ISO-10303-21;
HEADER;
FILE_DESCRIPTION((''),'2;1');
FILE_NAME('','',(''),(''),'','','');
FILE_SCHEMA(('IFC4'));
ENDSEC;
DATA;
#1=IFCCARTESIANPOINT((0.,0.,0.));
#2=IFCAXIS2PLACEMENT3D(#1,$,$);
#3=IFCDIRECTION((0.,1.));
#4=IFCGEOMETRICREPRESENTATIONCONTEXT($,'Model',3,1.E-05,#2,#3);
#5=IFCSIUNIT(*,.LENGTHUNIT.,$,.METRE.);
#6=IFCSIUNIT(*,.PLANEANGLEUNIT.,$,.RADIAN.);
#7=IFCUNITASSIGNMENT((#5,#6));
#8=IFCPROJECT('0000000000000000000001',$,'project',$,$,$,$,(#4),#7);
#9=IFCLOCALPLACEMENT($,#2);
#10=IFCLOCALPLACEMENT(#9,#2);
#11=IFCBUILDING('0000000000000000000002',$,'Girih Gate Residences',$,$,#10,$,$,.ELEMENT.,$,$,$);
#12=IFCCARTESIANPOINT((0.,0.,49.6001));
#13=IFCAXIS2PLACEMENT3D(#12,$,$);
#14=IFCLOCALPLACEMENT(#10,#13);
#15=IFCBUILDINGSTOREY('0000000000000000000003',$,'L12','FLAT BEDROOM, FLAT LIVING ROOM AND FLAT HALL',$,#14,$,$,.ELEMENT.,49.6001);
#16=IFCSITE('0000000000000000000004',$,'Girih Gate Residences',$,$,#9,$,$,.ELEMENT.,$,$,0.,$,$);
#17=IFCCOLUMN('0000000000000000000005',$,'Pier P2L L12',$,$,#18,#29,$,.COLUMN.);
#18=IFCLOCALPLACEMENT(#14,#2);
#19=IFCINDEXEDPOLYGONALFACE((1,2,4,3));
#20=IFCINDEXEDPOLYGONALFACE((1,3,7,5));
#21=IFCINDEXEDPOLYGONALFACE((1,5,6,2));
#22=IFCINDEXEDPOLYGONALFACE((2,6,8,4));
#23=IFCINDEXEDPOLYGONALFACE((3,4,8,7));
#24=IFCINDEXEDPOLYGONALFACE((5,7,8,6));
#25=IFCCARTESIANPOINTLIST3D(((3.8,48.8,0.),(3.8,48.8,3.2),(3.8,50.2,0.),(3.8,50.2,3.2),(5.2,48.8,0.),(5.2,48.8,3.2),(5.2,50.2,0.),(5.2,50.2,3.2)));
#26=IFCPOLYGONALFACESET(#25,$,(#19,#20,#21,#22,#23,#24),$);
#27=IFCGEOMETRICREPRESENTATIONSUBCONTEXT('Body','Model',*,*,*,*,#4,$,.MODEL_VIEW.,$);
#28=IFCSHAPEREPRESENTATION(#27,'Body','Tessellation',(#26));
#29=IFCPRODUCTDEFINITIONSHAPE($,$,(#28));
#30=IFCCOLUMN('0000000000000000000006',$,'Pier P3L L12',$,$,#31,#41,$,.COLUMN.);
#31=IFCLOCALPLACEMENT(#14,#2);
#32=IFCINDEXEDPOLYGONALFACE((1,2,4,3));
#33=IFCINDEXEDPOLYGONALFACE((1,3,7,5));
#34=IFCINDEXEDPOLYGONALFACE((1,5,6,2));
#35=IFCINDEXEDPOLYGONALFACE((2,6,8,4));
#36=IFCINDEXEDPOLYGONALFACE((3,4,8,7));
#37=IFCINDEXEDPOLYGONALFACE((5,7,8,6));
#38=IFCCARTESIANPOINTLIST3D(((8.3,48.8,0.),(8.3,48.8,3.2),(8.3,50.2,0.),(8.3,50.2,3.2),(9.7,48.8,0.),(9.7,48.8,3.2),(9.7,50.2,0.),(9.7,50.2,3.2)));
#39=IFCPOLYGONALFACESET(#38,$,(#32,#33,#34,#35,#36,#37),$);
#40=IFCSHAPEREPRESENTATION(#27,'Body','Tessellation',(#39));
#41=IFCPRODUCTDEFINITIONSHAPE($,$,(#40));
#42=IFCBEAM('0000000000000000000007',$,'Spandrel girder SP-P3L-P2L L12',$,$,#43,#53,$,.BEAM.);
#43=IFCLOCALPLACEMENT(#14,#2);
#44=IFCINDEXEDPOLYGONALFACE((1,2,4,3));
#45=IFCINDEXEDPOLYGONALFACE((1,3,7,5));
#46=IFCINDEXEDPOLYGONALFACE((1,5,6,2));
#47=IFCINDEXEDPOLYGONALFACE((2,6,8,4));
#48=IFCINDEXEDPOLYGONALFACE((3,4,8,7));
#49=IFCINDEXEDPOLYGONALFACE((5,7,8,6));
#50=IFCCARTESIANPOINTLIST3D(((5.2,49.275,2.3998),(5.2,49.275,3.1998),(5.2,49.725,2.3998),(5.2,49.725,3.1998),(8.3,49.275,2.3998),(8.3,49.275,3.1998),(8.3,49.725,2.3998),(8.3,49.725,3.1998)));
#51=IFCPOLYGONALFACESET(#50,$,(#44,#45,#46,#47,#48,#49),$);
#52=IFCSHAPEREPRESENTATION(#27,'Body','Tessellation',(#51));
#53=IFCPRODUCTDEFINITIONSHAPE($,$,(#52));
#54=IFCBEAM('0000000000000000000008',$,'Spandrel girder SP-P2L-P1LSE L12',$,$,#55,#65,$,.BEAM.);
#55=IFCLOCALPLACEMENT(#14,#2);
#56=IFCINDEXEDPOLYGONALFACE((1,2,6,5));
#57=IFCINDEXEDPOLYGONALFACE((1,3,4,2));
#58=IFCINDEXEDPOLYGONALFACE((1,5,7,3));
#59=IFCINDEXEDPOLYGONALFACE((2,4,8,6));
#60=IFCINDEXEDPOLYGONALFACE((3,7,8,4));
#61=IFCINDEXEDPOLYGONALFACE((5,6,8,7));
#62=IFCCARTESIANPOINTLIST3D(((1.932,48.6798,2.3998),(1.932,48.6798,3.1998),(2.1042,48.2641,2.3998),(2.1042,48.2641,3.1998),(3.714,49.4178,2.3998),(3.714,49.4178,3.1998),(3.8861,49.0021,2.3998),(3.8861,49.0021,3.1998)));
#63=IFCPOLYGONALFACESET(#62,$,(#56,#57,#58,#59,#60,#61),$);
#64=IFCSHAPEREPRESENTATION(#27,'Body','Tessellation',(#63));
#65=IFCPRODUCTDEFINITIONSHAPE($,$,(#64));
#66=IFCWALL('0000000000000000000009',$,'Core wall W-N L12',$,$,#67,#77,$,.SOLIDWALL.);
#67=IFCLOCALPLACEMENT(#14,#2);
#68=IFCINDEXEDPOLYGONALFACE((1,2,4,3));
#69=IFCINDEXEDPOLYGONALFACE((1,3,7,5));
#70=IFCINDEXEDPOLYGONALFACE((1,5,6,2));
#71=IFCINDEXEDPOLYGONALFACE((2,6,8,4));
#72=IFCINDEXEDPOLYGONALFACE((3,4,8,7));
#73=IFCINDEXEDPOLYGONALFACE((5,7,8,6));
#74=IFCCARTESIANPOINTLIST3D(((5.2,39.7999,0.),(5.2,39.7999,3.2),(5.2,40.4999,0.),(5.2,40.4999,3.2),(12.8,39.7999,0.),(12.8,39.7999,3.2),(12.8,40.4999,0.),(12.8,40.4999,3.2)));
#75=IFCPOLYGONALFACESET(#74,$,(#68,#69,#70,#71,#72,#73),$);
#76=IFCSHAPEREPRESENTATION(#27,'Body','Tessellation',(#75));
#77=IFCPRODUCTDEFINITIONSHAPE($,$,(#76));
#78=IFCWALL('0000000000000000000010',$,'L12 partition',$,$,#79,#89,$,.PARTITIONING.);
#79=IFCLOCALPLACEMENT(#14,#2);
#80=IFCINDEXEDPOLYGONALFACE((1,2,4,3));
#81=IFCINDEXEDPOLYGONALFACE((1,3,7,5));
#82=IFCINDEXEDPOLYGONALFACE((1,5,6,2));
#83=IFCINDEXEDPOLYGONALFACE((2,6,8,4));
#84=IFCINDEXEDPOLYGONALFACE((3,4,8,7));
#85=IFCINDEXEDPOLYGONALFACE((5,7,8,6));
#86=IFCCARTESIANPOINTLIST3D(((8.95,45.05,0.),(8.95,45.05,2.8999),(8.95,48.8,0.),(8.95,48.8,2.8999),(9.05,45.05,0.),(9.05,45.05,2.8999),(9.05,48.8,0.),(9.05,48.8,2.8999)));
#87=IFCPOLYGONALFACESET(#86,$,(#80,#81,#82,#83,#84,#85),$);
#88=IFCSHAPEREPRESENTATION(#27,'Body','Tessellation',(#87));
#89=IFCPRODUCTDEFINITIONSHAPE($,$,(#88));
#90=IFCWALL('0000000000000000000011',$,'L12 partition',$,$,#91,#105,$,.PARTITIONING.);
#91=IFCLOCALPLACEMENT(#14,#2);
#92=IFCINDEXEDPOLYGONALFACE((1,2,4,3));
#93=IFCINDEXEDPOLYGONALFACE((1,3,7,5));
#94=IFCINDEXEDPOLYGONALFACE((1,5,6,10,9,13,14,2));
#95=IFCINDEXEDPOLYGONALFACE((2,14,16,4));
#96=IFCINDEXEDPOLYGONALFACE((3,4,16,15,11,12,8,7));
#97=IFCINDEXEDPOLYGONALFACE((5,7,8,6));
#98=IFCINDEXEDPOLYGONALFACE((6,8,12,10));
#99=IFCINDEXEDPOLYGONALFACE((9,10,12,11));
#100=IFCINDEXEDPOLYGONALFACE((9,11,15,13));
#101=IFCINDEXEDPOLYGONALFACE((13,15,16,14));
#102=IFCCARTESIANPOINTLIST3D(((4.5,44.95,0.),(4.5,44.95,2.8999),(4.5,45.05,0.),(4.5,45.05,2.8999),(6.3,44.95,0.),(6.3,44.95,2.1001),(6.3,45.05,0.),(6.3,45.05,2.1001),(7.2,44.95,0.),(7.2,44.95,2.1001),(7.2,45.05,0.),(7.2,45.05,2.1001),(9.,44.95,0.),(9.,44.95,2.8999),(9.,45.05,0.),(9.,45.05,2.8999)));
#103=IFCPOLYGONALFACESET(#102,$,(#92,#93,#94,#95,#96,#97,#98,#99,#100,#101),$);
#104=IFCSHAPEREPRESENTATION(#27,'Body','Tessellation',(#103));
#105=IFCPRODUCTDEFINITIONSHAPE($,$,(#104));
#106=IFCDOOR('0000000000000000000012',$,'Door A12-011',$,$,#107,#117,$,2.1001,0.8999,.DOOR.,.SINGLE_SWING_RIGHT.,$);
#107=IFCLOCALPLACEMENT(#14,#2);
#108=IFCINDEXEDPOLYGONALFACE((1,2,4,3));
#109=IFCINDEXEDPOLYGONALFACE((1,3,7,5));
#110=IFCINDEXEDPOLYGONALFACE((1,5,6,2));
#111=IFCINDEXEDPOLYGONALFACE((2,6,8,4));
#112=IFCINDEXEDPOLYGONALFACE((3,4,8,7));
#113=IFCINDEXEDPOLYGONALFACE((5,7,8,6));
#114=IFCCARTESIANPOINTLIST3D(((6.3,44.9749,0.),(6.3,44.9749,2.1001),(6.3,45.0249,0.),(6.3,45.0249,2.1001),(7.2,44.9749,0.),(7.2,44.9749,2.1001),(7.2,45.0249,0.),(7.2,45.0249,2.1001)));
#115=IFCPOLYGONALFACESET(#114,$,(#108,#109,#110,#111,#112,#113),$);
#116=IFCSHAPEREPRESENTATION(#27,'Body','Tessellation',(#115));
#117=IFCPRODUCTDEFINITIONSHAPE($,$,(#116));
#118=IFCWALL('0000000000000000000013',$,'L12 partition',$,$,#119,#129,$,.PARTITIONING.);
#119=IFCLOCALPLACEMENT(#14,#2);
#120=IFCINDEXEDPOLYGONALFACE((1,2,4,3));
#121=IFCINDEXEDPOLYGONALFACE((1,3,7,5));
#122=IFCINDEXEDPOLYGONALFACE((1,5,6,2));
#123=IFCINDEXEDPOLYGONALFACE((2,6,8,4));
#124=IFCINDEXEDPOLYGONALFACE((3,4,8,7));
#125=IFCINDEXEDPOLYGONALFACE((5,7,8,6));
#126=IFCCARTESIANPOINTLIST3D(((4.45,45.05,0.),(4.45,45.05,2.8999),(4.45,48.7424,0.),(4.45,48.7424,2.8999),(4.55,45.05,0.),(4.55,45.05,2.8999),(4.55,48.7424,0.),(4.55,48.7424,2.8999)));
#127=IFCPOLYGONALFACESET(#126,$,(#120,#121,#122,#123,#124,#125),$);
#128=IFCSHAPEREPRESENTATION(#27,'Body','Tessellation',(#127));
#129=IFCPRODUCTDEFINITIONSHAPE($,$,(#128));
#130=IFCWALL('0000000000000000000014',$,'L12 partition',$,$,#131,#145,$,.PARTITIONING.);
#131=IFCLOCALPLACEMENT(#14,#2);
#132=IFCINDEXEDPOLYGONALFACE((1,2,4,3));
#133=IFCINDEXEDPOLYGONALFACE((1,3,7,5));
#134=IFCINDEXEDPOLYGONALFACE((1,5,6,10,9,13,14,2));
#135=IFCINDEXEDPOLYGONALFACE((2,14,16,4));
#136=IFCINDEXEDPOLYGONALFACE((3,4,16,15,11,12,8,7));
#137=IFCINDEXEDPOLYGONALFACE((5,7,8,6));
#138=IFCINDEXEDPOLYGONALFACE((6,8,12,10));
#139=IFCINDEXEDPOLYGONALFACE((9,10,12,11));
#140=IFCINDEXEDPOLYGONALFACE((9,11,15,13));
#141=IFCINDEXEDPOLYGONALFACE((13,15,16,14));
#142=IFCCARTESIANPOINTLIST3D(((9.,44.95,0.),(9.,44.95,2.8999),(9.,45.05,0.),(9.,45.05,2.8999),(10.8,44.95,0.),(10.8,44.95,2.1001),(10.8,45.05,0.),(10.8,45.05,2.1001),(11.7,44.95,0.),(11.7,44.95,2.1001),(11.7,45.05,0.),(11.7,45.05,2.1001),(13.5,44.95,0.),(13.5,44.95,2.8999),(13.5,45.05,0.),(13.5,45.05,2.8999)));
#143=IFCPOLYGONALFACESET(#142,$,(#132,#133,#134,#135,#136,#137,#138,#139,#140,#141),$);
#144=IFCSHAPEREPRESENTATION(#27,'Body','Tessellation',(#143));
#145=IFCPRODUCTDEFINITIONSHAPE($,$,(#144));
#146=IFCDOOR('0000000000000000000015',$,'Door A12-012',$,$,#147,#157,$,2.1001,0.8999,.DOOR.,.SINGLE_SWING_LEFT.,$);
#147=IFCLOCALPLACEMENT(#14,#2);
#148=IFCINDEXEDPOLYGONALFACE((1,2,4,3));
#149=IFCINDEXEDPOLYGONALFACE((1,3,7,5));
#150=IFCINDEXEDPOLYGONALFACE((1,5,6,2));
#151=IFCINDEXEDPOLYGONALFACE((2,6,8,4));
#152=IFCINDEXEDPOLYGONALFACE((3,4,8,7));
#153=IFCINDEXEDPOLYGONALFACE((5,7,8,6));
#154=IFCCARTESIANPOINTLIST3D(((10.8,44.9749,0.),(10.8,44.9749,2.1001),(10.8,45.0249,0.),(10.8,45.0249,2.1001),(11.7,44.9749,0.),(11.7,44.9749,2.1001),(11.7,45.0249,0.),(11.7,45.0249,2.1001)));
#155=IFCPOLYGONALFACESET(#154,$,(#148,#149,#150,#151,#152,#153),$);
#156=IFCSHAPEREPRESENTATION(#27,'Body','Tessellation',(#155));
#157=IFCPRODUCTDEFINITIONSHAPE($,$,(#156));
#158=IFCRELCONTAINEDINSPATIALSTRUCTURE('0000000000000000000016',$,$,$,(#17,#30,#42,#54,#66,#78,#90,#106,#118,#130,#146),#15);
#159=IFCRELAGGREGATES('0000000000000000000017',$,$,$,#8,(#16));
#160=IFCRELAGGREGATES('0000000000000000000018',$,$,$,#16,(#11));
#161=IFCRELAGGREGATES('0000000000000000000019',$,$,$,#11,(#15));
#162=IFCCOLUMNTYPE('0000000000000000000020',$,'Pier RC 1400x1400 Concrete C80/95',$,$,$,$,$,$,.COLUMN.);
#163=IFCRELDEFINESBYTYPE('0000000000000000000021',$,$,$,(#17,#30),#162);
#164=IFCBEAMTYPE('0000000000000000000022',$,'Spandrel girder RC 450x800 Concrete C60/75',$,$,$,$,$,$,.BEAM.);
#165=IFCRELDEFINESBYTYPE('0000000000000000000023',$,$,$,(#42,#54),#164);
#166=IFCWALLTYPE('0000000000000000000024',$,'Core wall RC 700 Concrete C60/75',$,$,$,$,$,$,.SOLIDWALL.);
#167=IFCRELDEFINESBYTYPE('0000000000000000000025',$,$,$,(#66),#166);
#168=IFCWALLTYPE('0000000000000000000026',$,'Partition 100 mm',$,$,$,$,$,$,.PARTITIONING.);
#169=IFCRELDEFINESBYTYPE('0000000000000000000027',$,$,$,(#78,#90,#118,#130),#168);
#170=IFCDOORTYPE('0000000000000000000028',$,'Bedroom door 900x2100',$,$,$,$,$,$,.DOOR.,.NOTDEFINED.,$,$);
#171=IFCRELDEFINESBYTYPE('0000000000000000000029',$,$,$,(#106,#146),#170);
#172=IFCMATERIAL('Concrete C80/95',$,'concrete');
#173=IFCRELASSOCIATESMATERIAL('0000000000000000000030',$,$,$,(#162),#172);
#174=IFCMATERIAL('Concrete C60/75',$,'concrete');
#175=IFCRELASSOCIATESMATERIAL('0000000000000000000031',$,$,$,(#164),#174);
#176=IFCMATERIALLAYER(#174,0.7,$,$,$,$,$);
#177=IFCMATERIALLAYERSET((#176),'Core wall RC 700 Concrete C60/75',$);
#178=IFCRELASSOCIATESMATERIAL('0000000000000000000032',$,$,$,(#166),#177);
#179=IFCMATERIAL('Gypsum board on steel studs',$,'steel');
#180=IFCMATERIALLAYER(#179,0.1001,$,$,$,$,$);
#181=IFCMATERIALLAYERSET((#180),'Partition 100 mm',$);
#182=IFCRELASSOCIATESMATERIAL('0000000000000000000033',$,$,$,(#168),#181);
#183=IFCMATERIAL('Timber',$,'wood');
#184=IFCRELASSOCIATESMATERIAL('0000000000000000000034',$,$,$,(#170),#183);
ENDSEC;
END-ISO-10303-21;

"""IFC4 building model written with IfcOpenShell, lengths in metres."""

from ifc_helpers import new_model, si_unit, direction, frame, frame_2d, origin, origin_2d, place, context, subcontext, project, spatial, rectangle, extrude, material, layer, layer_set, material_profile, profile_set, type_object, element, fill, save


model = new_model("IFC4")

# Units and contexts
model_context = context("Model", 3, precision=1e-05, world=origin(), true_north=direction((0.0, 1.0)))
body_context = subcontext(model_context, "Body", "Model", "MODEL_VIEW")
ifc_project = project(units=[si_unit("LENGTHUNIT", "METRE"), si_unit("PLANEANGLEUNIT", "RADIAN")], contexts=[model_context])

# Site, building, storey
site_placement = place(None, origin())
site = spatial("IfcSite", under=ifc_project, at=site_placement, Name="Girih Gate Residences", CompositionType="ELEMENT", RefElevation=0.0)
building_placement = place(site_placement, origin())
building = spatial("IfcBuilding", under=site, at=building_placement, Name="Girih Gate Residences", CompositionType="ELEMENT")
storey_placement = place(building_placement, frame((0.0, 0.0, 49.6001)))
storey = spatial("IfcBuildingStorey", under=building, at=storey_placement, Name="L12", Description="FLAT BEDROOM, FLAT LIVING ROOM AND FLAT HALL", CompositionType="ELEMENT", Elevation=49.6001)

# Columns
ifc_material_1 = material(Name="Concrete C80/95", Category="concrete")
ifc_material_profile_1 = material_profile(ifc_material_1, rectangle(XDim=1.3999, YDim=1.3999, at=origin_2d()))
ifc_profile_set_1 = profile_set([ifc_material_profile_1], Name="Concrete C80/95")
column_type = type_object("IfcColumnType", Name="Pier RC 1400x1400 Concrete C80/95", PredefinedType="COLUMN", material=ifc_profile_set_1)
for number, where, z_axis, x_axis, name in (
    (1, (4.5, 49.5, 0.0), (0.0, 0.0, 1.0), (1.0, 0.0, 0.0), "Pier P2L L12"),
    (2, (9.0, 49.5, 0.0), (0.0, 0.0, 1.0), (1.0, 0.0, 0.0), "Pier P3L L12"),
):
    element("IfcColumn", number, at=place(storey_placement, frame(where, z_axis=z_axis, x_axis=x_axis)), inside=storey, type_object=column_type, Name=name, PredefinedType="COLUMN", context=body_context, shape_type="SweptSolid", body=[
        extrude(rectangle(XDim=1.3999, YDim=1.3999, at=origin_2d()), origin(), (0.0, 0.0, 1.0), 3.2),
    ])

# Beams
ifc_material_2 = material(Name="Concrete C60/75", Category="concrete")
ifc_material_profile_2 = material_profile(ifc_material_2, rectangle(XDim=0.45, YDim=0.8, at=origin_2d()))
ifc_profile_set_2 = profile_set([ifc_material_profile_2], Name="Concrete C60/75")
beam_type = type_object("IfcBeamType", Name="Spandrel girder RC 450x800 Concrete C60/75", PredefinedType="BEAM", material=ifc_profile_set_2)
beam_1_placement = place(storey_placement, frame((8.3, 49.5, 2.7998), z_axis=(-1.0, 0.0, 0.0), x_axis=(0.0, -1.0, 0.0)))
element("IfcBeam", 3, at=beam_1_placement, inside=storey, type_object=beam_type, Name="Spandrel girder SP-P3L-P2L L12", PredefinedType="BEAM", context=body_context, shape_type="SweptSolid", body=[
    extrude(rectangle(XDim=0.45, YDim=0.8, at=origin_2d()), origin(), (0.0, 0.0, 1.0), 3.1001),
])
beam_2_placement = place(storey_placement, frame((3.8, 49.21, 2.7998), z_axis=(-0.923895, -0.382646, 0.0), x_axis=(0.382646, -0.923895, 0.0)))
element("IfcBeam", 4, at=beam_2_placement, inside=storey, type_object=beam_type, Name="Spandrel girder SP-P2L-P1LSE L12", PredefinedType="BEAM", context=body_context, shape_type="SweptSolid", body=[
    extrude(rectangle(XDim=0.45, YDim=0.8, at=origin_2d()), origin(), (0.0, 0.0, 1.0), 1.9287),
])

# Walls
ifc_layer_1 = layer(ifc_material_2, 0.7)
ifc_layer_set_1 = layer_set([ifc_layer_1], Name="Core wall RC 700 Concrete C60/75")
wall_type_1 = type_object("IfcWallType", Name="Core wall RC 700 Concrete C60/75", PredefinedType="SOLIDWALL", material=ifc_layer_set_1)
wall_1_placement = place(storey_placement, frame((5.2, 40.1499, 0.0), z_axis=(0.0, 0.0, 1.0), x_axis=(1.0, 0.0, 0.0)))
element("IfcWall", 5, at=wall_1_placement, inside=storey, type_object=wall_type_1, Name="Core wall W-N L12", PredefinedType="SOLIDWALL", context=body_context, shape_type="SweptSolid", body=[
    extrude(rectangle(XDim=7.6001, YDim=0.7, at=frame_2d((3.8, 0.0))), origin(), (0.0, 0.0, 1.0), 3.2),
])
ifc_material_3 = material(Name="Gypsum board on steel studs", Category="steel")
ifc_layer_2 = layer(ifc_material_3, 0.1001)
ifc_layer_set_2 = layer_set([ifc_layer_2], Name="Partition 100 mm")
wall_type_2 = type_object("IfcWallType", Name="Partition 100 mm", PredefinedType="PARTITIONING", material=ifc_layer_set_2)
wall_2_placement = place(storey_placement, frame((9.0, 45.05, 0.0), z_axis=(0.0, 0.0, 1.0), x_axis=(0.0, 1.0, 0.0)))
element("IfcWall", 6, at=wall_2_placement, inside=storey, type_object=wall_type_2, Name="L12 partition", PredefinedType="PARTITIONING", context=body_context, shape_type="SweptSolid", body=[
    extrude(rectangle(XDim=3.75, YDim=0.1001, at=frame_2d((1.875, 0.0))), origin(), (0.0, 0.0, 1.0), 2.8999),
])

# Wall, opening, door
wall_3_placement = place(storey_placement, frame((4.5, 45.0, 0.0), z_axis=(0.0, 0.0, 1.0), x_axis=(1.0, 0.0, 0.0)))
wall_3 = element("IfcWall", 7, at=wall_3_placement, inside=storey, type_object=wall_type_2, Name="L12 partition", PredefinedType="PARTITIONING", context=body_context, shape_type="SweptSolid", body=[
    extrude(rectangle(XDim=4.5, YDim=0.1001, at=frame_2d((2.25, 0.0))), origin(), (0.0, 0.0, 1.0), 2.8999),
])
opening_1_placement = place(wall_3_placement, frame((1.8, 0.0, 0.0)))
opening_1 = element("IfcOpeningElement", 8, at=opening_1_placement, cuts=wall_3, PredefinedType="OPENING", context=body_context, shape_type="SweptSolid", body=[
    extrude(rectangle(XDim=0.8999, YDim=2.1001, at=frame_2d((0.45, 1.05))), frame((0.0, 0.0601, 0.0), z_axis=(0.0, -1.0, 0.0), x_axis=(1.0, 0.0, 0.0)), (0.0, 0.0, 1.0), 0.1201),
])
ifc_material_4 = material(Name="Timber", Category="wood")
door_type = type_object("IfcDoorType", Name="Bedroom door 900x2100", OperationType="NOTDEFINED", PredefinedType="DOOR", material=ifc_material_4)
door_1_placement = place(opening_1_placement, origin())
door_1 = element("IfcDoor", 9, at=door_1_placement, inside=storey, type_object=door_type, Name="Door A12-011", OperationType="SINGLE_SWING_RIGHT", OverallHeight=2.1001, OverallWidth=0.8999, PredefinedType="DOOR", context=body_context, shape_type="SweptSolid", body=[
    extrude(rectangle(XDim=0.8999, YDim=2.1001, at=frame_2d((0.45, 1.05))), frame((0.0, 0.0249, 0.0), z_axis=(0.0, -1.0, 0.0), x_axis=(1.0, 0.0, 0.0)), (0.0, 0.0, 1.0), 0.05),
])
fill(opening_1, door_1)

# Wall
wall_4_placement = place(storey_placement, frame((4.5, 45.05, 0.0), z_axis=(0.0, 0.0, 1.0), x_axis=(0.0, 1.0, 0.0)))
element("IfcWall", 10, at=wall_4_placement, inside=storey, type_object=wall_type_2, Name="L12 partition", PredefinedType="PARTITIONING", context=body_context, shape_type="SweptSolid", body=[
    extrude(rectangle(XDim=3.6924, YDim=0.1001, at=frame_2d((1.8462, 0.0))), origin(), (0.0, 0.0, 1.0), 2.8999),
])

# Wall, opening, door
wall_5_placement = place(storey_placement, frame((9.0, 45.0, 0.0), z_axis=(0.0, 0.0, 1.0), x_axis=(1.0, 0.0, 0.0)))
wall_5 = element("IfcWall", 11, at=wall_5_placement, inside=storey, type_object=wall_type_2, Name="L12 partition", PredefinedType="PARTITIONING", context=body_context, shape_type="SweptSolid", body=[
    extrude(rectangle(XDim=4.5, YDim=0.1001, at=frame_2d((2.25, 0.0))), origin(), (0.0, 0.0, 1.0), 2.8999),
])
opening_2_placement = place(wall_5_placement, frame((1.8, 0.0, 0.0)))
opening_2 = element("IfcOpeningElement", 12, at=opening_2_placement, cuts=wall_5, PredefinedType="OPENING", context=body_context, shape_type="SweptSolid", body=[
    extrude(rectangle(XDim=0.8999, YDim=2.1001, at=frame_2d((0.45, 1.05))), frame((0.0, 0.0601, 0.0), z_axis=(0.0, -1.0, 0.0), x_axis=(1.0, 0.0, 0.0)), (0.0, 0.0, 1.0), 0.1201),
])
door_2_placement = place(opening_2_placement, origin())
door_2 = element("IfcDoor", 13, at=door_2_placement, inside=storey, type_object=door_type, Name="Door A12-012", OperationType="SINGLE_SWING_LEFT", OverallHeight=2.1001, OverallWidth=0.8999, PredefinedType="DOOR", context=body_context, shape_type="SweptSolid", body=[
    extrude(rectangle(XDim=0.8999, YDim=2.1001, at=frame_2d((0.45, 1.05))), frame((0.0, 0.0249, 0.0), z_axis=(0.0, -1.0, 0.0), x_axis=(1.0, 0.0, 0.0)), (0.0, 0.0, 1.0), 0.05),
])
fill(opening_2, door_2)

save(model, "model.ifc")
